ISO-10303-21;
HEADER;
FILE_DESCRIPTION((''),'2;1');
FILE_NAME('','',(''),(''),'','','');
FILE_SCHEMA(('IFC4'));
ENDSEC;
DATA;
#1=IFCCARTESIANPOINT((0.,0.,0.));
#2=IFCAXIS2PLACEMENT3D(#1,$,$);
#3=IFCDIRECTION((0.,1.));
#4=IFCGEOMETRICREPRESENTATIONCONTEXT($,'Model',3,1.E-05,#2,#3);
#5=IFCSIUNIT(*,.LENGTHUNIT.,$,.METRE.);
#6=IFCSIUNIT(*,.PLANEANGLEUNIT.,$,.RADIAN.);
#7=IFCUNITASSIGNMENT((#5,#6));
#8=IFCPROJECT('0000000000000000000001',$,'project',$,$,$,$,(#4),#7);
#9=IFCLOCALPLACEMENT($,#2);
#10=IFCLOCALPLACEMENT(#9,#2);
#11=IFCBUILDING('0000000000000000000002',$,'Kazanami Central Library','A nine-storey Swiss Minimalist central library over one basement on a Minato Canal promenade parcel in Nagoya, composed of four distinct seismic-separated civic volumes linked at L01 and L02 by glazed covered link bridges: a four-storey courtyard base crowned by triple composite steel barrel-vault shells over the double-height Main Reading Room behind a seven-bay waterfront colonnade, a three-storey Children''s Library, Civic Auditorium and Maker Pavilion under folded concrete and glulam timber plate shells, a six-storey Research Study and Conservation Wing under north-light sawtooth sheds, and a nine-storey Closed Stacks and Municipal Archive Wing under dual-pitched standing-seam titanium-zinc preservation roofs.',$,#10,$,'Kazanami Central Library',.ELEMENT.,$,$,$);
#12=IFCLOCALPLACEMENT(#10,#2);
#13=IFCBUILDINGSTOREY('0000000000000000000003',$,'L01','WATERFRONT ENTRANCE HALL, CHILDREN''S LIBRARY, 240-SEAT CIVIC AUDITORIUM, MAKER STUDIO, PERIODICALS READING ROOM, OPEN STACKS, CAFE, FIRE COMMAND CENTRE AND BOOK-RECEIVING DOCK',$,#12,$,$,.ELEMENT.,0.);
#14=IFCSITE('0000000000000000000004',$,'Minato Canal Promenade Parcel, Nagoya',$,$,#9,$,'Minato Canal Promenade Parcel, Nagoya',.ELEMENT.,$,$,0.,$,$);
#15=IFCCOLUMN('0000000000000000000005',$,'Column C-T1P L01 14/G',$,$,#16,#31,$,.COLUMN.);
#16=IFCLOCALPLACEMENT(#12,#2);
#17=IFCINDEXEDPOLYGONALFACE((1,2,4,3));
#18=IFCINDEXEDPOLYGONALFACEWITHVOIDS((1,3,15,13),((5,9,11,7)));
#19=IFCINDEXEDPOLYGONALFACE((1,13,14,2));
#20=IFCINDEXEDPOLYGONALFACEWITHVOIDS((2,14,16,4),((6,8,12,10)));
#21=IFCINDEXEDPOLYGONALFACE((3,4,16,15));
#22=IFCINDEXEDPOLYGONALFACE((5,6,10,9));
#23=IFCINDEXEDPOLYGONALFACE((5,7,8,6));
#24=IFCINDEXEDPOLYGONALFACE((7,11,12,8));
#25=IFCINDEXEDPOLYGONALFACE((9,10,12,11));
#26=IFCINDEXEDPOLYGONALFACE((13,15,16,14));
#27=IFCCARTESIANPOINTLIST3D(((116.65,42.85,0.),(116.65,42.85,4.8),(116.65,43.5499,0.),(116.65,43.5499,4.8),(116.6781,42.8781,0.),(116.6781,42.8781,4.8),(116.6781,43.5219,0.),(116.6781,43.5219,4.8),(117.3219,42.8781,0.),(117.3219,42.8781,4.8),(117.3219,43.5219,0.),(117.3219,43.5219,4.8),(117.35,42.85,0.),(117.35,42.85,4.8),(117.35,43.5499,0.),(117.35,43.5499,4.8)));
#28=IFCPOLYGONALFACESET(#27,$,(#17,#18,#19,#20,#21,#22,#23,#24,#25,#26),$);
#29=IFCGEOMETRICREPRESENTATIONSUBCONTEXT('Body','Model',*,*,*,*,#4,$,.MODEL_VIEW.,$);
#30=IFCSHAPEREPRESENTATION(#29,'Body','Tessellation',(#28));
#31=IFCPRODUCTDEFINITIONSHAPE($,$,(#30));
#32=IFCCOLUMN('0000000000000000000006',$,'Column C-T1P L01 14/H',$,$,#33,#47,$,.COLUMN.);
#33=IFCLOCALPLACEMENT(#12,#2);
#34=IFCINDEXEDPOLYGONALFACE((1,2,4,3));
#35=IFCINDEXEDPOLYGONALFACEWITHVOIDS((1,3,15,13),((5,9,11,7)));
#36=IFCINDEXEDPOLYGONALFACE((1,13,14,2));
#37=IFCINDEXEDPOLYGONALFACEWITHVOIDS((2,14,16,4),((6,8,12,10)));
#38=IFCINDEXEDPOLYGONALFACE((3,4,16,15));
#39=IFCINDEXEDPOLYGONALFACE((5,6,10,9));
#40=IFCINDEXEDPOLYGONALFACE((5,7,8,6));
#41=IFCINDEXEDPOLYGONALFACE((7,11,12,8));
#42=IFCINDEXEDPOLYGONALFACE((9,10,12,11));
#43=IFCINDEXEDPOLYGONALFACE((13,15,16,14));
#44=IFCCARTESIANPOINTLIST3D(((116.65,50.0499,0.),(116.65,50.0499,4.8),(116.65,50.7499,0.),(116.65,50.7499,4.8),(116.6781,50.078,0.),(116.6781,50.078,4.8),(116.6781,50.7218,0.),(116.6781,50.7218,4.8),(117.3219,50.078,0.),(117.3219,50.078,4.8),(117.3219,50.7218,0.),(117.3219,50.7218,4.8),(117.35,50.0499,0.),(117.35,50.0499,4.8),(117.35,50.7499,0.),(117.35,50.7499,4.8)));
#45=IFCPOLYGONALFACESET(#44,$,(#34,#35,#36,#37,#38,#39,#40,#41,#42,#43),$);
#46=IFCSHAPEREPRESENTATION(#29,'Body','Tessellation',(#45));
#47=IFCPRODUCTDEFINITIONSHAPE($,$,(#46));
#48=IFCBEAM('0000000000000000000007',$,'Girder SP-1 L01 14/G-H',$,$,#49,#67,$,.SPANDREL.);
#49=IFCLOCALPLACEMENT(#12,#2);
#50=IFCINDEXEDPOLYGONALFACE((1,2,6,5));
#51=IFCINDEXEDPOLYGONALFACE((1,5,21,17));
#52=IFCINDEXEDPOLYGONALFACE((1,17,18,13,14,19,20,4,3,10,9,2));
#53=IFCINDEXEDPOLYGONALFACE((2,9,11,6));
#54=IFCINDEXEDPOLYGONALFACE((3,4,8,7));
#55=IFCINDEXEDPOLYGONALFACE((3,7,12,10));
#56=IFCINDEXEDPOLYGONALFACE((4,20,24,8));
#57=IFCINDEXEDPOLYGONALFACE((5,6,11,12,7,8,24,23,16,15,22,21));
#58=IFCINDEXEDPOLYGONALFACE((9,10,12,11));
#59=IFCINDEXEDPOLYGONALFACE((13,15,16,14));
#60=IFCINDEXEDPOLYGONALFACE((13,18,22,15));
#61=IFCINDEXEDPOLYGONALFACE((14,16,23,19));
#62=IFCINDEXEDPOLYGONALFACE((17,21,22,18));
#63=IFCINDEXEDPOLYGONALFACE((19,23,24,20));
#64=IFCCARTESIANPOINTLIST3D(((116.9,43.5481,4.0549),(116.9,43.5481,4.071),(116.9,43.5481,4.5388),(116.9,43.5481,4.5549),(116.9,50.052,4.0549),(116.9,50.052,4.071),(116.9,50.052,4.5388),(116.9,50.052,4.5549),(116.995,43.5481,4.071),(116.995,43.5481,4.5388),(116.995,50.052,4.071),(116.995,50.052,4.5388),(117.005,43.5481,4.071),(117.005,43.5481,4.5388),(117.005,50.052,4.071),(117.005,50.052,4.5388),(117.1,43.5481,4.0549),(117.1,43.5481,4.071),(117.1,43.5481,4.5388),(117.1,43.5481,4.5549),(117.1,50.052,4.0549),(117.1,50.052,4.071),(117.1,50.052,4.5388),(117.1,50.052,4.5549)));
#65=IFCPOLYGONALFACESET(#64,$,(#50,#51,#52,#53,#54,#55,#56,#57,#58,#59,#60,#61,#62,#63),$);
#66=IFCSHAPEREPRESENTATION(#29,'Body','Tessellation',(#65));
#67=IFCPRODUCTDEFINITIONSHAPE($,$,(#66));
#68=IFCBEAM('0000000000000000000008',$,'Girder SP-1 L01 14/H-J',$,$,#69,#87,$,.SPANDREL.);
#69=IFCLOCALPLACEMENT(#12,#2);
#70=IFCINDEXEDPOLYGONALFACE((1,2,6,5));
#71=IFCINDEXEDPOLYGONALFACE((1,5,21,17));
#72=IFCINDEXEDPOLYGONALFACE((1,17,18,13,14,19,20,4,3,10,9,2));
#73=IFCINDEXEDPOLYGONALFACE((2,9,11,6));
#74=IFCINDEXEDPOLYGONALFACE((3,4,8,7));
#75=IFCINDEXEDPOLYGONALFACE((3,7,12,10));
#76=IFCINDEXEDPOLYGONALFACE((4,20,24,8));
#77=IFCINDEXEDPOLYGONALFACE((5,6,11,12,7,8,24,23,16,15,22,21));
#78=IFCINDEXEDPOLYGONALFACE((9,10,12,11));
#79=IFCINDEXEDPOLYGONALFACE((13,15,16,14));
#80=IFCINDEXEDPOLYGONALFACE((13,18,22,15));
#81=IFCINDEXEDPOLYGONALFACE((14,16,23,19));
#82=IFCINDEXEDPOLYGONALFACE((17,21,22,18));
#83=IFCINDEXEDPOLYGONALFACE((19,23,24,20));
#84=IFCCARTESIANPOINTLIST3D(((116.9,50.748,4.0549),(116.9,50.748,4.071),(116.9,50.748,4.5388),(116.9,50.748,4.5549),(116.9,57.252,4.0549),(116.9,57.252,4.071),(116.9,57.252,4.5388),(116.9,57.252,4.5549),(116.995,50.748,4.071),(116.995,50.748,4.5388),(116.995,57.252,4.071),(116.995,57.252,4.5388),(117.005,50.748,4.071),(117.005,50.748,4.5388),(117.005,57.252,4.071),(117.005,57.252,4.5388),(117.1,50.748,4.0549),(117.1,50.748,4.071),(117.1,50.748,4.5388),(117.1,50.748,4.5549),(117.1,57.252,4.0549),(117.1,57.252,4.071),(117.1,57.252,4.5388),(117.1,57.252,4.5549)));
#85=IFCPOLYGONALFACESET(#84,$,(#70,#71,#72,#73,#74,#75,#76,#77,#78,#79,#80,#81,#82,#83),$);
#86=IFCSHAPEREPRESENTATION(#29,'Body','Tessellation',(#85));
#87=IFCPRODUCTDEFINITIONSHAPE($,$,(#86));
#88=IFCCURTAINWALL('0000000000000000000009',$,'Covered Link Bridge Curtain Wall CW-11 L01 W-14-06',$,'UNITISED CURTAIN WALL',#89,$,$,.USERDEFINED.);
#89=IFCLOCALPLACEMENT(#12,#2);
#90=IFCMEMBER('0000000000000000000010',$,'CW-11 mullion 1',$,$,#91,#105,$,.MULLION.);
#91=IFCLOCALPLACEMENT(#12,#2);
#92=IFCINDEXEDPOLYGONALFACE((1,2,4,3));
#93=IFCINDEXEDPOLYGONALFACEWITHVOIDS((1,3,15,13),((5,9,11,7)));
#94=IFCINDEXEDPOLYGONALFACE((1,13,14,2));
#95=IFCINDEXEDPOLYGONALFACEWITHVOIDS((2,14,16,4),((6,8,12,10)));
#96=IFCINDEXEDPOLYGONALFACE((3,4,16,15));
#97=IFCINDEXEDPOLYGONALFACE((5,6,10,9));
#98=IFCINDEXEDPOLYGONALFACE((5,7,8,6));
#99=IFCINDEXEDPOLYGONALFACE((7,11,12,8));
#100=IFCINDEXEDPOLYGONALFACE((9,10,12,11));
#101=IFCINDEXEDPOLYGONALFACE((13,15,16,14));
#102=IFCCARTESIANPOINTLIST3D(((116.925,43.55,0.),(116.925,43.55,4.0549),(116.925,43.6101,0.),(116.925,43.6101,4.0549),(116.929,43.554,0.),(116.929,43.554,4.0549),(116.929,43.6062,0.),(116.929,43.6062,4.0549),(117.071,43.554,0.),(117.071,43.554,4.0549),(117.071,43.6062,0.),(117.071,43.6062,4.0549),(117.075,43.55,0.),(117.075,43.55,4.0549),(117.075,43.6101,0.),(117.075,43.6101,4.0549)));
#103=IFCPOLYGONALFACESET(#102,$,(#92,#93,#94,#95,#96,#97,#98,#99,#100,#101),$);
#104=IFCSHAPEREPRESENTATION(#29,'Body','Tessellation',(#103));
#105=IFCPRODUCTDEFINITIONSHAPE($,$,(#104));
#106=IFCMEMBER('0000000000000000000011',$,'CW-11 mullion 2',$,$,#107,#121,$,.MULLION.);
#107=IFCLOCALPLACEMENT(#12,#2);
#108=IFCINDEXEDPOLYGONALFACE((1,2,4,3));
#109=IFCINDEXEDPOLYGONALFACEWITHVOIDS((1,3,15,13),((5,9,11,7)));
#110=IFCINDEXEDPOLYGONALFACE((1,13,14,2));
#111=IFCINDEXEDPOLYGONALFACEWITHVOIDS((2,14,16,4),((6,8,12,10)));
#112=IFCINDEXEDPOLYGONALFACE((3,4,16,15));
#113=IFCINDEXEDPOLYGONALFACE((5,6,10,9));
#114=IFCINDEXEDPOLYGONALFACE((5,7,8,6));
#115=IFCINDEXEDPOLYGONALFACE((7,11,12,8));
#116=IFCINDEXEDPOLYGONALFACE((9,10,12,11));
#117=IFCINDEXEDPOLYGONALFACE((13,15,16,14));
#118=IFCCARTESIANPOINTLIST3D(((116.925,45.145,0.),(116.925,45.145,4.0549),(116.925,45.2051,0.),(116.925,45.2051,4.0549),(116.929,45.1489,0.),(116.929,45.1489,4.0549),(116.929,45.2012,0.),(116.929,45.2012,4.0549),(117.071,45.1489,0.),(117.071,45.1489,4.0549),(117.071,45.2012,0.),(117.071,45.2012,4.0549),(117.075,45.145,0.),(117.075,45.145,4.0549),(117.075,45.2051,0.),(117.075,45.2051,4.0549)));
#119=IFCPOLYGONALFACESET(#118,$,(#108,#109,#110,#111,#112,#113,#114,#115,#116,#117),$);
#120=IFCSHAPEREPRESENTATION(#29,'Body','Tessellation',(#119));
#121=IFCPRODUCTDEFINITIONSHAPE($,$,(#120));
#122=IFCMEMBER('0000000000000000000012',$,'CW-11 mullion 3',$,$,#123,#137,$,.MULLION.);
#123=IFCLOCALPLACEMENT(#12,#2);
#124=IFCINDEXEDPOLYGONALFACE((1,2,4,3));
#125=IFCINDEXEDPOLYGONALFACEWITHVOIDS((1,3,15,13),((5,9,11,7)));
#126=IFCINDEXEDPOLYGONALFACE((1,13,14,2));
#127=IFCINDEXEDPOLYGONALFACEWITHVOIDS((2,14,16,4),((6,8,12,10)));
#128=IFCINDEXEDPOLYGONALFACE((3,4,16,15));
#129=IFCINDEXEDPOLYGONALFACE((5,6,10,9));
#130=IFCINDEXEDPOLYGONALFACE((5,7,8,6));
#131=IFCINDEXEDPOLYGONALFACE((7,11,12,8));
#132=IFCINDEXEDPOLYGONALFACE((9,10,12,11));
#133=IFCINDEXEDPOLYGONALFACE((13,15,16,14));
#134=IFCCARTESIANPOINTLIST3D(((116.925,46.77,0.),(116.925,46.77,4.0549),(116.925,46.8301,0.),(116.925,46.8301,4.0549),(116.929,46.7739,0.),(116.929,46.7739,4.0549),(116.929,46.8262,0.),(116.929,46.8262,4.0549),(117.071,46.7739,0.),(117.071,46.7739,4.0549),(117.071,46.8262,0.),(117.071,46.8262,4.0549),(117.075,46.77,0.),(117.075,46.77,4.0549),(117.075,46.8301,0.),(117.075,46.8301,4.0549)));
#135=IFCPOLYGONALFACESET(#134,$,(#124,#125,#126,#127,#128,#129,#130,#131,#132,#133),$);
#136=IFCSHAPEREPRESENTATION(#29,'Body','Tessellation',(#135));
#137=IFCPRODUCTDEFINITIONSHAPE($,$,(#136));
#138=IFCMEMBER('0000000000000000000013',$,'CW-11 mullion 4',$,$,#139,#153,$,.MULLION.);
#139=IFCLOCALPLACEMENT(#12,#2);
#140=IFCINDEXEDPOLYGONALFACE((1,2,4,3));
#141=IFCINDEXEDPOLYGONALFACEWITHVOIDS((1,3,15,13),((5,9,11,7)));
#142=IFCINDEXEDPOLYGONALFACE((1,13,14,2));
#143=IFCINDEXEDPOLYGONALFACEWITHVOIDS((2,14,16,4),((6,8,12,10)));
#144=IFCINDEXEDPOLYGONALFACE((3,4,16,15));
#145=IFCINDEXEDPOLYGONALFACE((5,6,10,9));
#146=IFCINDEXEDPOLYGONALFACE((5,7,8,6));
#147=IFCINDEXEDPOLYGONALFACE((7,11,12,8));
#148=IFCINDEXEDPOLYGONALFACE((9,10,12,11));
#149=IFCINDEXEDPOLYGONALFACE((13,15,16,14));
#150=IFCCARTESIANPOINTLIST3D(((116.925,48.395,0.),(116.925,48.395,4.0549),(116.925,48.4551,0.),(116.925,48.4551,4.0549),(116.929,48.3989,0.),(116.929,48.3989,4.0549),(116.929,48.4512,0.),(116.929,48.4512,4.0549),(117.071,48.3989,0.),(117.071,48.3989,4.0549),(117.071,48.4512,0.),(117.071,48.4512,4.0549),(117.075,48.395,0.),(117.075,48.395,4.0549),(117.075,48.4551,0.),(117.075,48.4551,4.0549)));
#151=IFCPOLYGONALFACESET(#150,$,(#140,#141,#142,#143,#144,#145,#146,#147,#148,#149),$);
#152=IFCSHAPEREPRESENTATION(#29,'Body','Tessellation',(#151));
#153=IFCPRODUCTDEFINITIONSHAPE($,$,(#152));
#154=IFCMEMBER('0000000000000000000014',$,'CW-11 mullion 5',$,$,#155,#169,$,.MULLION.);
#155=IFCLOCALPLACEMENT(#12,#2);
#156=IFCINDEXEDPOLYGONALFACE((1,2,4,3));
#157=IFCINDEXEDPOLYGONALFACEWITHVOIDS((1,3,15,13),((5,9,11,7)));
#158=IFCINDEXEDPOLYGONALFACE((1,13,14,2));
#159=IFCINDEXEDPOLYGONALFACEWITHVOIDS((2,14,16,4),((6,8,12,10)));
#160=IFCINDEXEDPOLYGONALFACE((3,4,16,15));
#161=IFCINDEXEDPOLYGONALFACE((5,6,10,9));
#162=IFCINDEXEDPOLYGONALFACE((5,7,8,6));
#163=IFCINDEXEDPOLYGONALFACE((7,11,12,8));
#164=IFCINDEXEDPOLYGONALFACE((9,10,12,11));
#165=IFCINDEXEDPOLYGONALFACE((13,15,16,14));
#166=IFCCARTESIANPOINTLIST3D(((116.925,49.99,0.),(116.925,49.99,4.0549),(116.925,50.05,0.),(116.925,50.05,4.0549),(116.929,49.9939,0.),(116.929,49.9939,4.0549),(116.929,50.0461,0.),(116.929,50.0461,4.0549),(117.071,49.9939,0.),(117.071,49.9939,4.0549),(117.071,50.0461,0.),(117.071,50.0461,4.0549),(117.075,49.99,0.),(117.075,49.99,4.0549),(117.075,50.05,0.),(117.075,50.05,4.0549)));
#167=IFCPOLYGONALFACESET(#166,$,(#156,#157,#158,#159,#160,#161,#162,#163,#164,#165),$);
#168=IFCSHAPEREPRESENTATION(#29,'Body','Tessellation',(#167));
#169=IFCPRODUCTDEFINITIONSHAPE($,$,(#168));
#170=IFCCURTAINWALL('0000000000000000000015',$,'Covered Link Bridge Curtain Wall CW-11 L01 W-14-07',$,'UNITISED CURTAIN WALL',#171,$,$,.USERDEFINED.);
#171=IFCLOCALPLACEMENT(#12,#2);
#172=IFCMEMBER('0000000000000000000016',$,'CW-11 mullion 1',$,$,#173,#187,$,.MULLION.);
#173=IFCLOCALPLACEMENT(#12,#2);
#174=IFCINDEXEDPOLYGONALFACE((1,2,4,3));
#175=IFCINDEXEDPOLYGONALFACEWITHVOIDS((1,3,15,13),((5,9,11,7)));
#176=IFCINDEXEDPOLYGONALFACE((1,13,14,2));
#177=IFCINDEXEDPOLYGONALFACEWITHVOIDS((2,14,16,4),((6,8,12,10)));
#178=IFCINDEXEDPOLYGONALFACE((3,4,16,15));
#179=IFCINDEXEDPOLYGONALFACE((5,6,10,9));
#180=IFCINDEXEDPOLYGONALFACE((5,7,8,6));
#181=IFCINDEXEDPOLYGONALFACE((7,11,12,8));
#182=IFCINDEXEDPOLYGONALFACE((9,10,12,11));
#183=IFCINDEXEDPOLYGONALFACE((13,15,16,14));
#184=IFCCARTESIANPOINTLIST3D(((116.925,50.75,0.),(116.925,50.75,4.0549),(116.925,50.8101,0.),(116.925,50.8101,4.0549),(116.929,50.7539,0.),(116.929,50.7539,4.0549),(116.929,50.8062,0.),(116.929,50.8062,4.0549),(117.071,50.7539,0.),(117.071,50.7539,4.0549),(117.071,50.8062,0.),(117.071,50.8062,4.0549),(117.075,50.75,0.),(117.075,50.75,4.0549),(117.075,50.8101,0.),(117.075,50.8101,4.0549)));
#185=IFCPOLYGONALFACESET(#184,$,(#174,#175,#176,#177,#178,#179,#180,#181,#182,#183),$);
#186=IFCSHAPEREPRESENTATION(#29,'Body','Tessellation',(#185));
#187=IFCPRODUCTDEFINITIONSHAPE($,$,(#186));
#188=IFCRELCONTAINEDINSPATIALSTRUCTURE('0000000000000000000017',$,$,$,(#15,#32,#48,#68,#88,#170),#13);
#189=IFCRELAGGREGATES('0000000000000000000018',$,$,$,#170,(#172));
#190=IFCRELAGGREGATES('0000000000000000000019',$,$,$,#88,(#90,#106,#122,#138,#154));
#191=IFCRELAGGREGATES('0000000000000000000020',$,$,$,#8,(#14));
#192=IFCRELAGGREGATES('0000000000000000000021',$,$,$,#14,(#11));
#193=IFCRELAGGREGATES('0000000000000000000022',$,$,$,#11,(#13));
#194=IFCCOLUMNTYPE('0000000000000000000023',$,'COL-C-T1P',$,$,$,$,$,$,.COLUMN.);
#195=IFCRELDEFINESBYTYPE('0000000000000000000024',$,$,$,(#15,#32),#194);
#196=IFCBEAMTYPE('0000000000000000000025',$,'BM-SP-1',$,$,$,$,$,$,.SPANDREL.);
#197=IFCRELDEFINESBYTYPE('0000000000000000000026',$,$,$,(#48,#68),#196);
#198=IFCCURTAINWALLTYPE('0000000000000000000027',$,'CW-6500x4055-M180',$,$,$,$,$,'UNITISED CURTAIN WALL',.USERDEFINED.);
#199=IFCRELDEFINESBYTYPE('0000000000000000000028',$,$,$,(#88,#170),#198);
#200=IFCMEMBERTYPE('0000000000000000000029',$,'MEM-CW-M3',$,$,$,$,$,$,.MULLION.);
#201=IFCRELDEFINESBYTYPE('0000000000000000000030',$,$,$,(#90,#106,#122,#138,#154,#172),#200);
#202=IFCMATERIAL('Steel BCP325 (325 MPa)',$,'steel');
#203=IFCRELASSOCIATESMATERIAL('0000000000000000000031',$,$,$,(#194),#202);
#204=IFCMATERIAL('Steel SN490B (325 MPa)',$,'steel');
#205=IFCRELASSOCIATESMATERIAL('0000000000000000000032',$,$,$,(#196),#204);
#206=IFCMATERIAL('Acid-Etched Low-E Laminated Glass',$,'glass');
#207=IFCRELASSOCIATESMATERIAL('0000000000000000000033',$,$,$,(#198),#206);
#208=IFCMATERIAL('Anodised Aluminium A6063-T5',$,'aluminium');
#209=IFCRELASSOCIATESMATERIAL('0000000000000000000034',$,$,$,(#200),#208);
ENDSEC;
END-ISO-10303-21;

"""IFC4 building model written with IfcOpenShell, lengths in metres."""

from ifc_helpers import new_model, si_unit, direction, frame, origin, origin_2d, place, context, subcontext, project, spatial, hollow_rectangle, i_section, extrude, material, material_profile, profile_set, type_object, element, aggregate, save


model = new_model("IFC4")

# Units and contexts
model_context = context("Model", 3, precision=1e-05, world=origin(), true_north=direction((0.0, 1.0)))
body_context = subcontext(model_context, "Body", "Model", "MODEL_VIEW")
ifc_project = project(units=[si_unit("LENGTHUNIT", "METRE"), si_unit("PLANEANGLEUNIT", "RADIAN")], contexts=[model_context])

# Site, building, storey
site_placement = place(None, origin())
site = spatial("IfcSite", under=ifc_project, at=site_placement, Name="Minato Canal Promenade Parcel, Nagoya", LongName="Minato Canal Promenade Parcel, Nagoya", CompositionType="ELEMENT", RefElevation=0.0)
building_placement = place(site_placement, origin())
building = spatial("IfcBuilding", under=site, at=building_placement, Name="Kazanami Central Library", Description="A nine-storey Swiss Minimalist central library over one basement on a Minato Canal promenade parcel in Nagoya, composed of four distinct seismic-separated civic volumes linked at L01 and L02 by glazed covered link bridges: a four-storey courtyard base crowned by triple composite steel barrel-vault shells over the double-height Main Reading Room behind a seven-bay waterfront colonnade, a three-storey Children's Library, Civic Auditorium and Maker Pavilion under folded concrete and glulam timber plate shells, a six-storey Research Study and Conservation Wing under north-light sawtooth sheds, and a nine-storey Closed Stacks and Municipal Archive Wing under dual-pitched standing-seam titanium-zinc preservation roofs.", LongName="Kazanami Central Library", CompositionType="ELEMENT")
storey_placement = place(building_placement, origin())
storey = spatial("IfcBuildingStorey", under=building, at=storey_placement, Name="L01", Description="WATERFRONT ENTRANCE HALL, CHILDREN'S LIBRARY, 240-SEAT CIVIC AUDITORIUM, MAKER STUDIO, PERIODICALS READING ROOM, OPEN STACKS, CAFE, FIRE COMMAND CENTRE AND BOOK-RECEIVING DOCK", CompositionType="ELEMENT", Elevation=0.0)

# Columns
ifc_material_1 = material(Name="Steel BCP325 (325 MPa)", Category="steel")
ifc_material_profile_1 = material_profile(ifc_material_1, hollow_rectangle(XDim=0.7, YDim=0.7, WallThickness=0.0281, at=origin_2d()), Name="BCP-700x700x28")
ifc_profile_set_1 = profile_set([ifc_material_profile_1], Name="Steel BCP325 (325 MPa)")
column_type = type_object("IfcColumnType", Name="COL-C-T1P", PredefinedType="COLUMN", material=ifc_profile_set_1)
for number, where, z_axis, x_axis, name in (
    (1, (117.0, 43.2, 0.0), (0.0, 0.0, 1.0), (1.0, 0.0, 0.0), "Column C-T1P L01 14/G"),
    (2, (117.0, 50.3999, 0.0), (0.0, 0.0, 1.0), (1.0, 0.0, 0.0), "Column C-T1P L01 14/H"),
):
    element("IfcColumn", number, at=place(storey_placement, frame(where, z_axis=z_axis, x_axis=x_axis)), inside=storey, type_object=column_type, Name=name, PredefinedType="COLUMN", context=body_context, shape_type="SweptSolid", body=[
        extrude(hollow_rectangle(XDim=0.7, YDim=0.7, WallThickness=0.0281, at=origin_2d()), origin(), (0.0, 0.0, 1.0), 4.8),
    ])

# Beams
ifc_material_2 = material(Name="Steel SN490B (325 MPa)", Category="steel")
ifc_material_profile_2 = material_profile(ifc_material_2, i_section(OverallWidth=0.2, OverallDepth=0.5, WebThickness=0.01, FlangeThickness=0.0161, at=origin_2d()), Name="H-500x200x10x16")
ifc_profile_set_2 = profile_set([ifc_material_profile_2], Name="Steel SN490B (325 MPa)")
beam_type = type_object("IfcBeamType", Name="BM-SP-1", PredefinedType="SPANDREL", material=ifc_profile_set_2)
for number, where, z_axis, x_axis, name in (
    (3, (117.0, 43.5481, 4.3049), (0.0, 1.0, 0.0), (-1.0, 0.0, 0.0), "Girder SP-1 L01 14/G-H"),
    (4, (117.0, 50.748, 4.3049), (0.0, 1.0, 0.0), (-1.0, 0.0, 0.0), "Girder SP-1 L01 14/H-J"),
):
    element("IfcBeam", number, at=place(storey_placement, frame(where, z_axis=z_axis, x_axis=x_axis)), inside=storey, type_object=beam_type, Name=name, PredefinedType="SPANDREL", context=body_context, shape_type="SweptSolid", body=[
        extrude(i_section(OverallWidth=0.2, OverallDepth=0.5, WebThickness=0.01, FlangeThickness=0.0161, at=origin_2d()), origin(), (0.0, 0.0, 1.0), 6.5039),
    ])

# Curtain wall, members
ifc_material_3 = material(Name="Acid-Etched Low-E Laminated Glass", Category="glass")
curtain_wall_type_1 = type_object("IfcCurtainWallType", Name="CW-6500x4055-M180", ElementType="UNITISED CURTAIN WALL", PredefinedType="USERDEFINED", material=ifc_material_3)
curtain_wall_1_placement = place(storey_placement, origin())
curtain_wall_1 = element("IfcCurtainWall", 5, at=curtain_wall_1_placement, inside=storey, type_object=curtain_wall_type_1, Name="Covered Link Bridge Curtain Wall CW-11 L01 W-14-06", ObjectType="UNITISED CURTAIN WALL", PredefinedType="USERDEFINED")
ifc_material_4 = material(Name="Anodised Aluminium A6063-T5", Category="aluminium")
ifc_material_profile_3 = material_profile(ifc_material_4, hollow_rectangle(XDim=0.0601, YDim=0.1499, WallThickness=0.0039, at=origin_2d()), Name="ALU-MULL-60x150x4")
ifc_profile_set_3 = profile_set([ifc_material_profile_3], Name="Anodised Aluminium A6063-T5")
member_type_1 = type_object("IfcMemberType", Name="MEM-CW-M3", PredefinedType="MULLION", material=ifc_profile_set_3)
member_1_placement = place(storey_placement, frame((117.0, 43.5801, 0.0), z_axis=(0.0, 0.0, 1.0), x_axis=(0.0, 1.0, 0.0)))
member_1 = element("IfcMember", 6, at=member_1_placement, type_object=member_type_1, Name="CW-11 mullion 1", PredefinedType="MULLION", context=body_context, shape_type="SweptSolid", body=[
    extrude(hollow_rectangle(XDim=0.0601, YDim=0.1499, WallThickness=0.0039, at=origin_2d()), origin(), (0.0, 0.0, 1.0), 4.0549),
])
member_2_placement = place(storey_placement, frame((117.0, 45.175, 0.0), z_axis=(0.0, 0.0, 1.0), x_axis=(0.0, 1.0, 0.0)))
member_2 = element("IfcMember", 7, at=member_2_placement, type_object=member_type_1, Name="CW-11 mullion 2", PredefinedType="MULLION", context=body_context, shape_type="SweptSolid", body=[
    extrude(hollow_rectangle(XDim=0.0601, YDim=0.1499, WallThickness=0.0039, at=origin_2d()), origin(), (0.0, 0.0, 1.0), 4.0549),
])
member_3_placement = place(storey_placement, frame((117.0, 46.8, 0.0), z_axis=(0.0, 0.0, 1.0), x_axis=(0.0, 1.0, 0.0)))
member_3 = element("IfcMember", 8, at=member_3_placement, type_object=member_type_1, Name="CW-11 mullion 3", PredefinedType="MULLION", context=body_context, shape_type="SweptSolid", body=[
    extrude(hollow_rectangle(XDim=0.0601, YDim=0.1499, WallThickness=0.0039, at=origin_2d()), origin(), (0.0, 0.0, 1.0), 4.0549),
])
member_4_placement = place(storey_placement, frame((117.0, 48.425, 0.0), z_axis=(0.0, 0.0, 1.0), x_axis=(0.0, 1.0, 0.0)))
member_4 = element("IfcMember", 9, at=member_4_placement, type_object=member_type_1, Name="CW-11 mullion 4", PredefinedType="MULLION", context=body_context, shape_type="SweptSolid", body=[
    extrude(hollow_rectangle(XDim=0.0601, YDim=0.1499, WallThickness=0.0039, at=origin_2d()), origin(), (0.0, 0.0, 1.0), 4.0549),
])
member_5_placement = place(storey_placement, frame((117.0, 50.02, 0.0), z_axis=(0.0, 0.0, 1.0), x_axis=(0.0, 1.0, 0.0)))
member_5 = element("IfcMember", 10, at=member_5_placement, type_object=member_type_1, Name="CW-11 mullion 5", PredefinedType="MULLION", context=body_context, shape_type="SweptSolid", body=[
    extrude(hollow_rectangle(XDim=0.0601, YDim=0.1499, WallThickness=0.0039, at=origin_2d()), origin(), (0.0, 0.0, 1.0), 4.0549),
])

# Curtain wall, member
curtain_wall_2_placement = place(storey_placement, origin())
curtain_wall_2 = element("IfcCurtainWall", 11, at=curtain_wall_2_placement, inside=storey, type_object=curtain_wall_type_1, Name="Covered Link Bridge Curtain Wall CW-11 L01 W-14-07", ObjectType="UNITISED CURTAIN WALL", PredefinedType="USERDEFINED")
member_6_placement = place(storey_placement, frame((117.0, 50.78, 0.0), z_axis=(0.0, 0.0, 1.0), x_axis=(0.0, 1.0, 0.0)))
member_6 = element("IfcMember", 12, at=member_6_placement, type_object=member_type_1, Name="CW-11 mullion 1", PredefinedType="MULLION", context=body_context, shape_type="SweptSolid", body=[
    extrude(hollow_rectangle(XDim=0.0601, YDim=0.1499, WallThickness=0.0039, at=origin_2d()), origin(), (0.0, 0.0, 1.0), 4.0549),
])

aggregate(curtain_wall_2, [member_6])

aggregate(curtain_wall_1, [member_1, member_2, member_3, member_4, member_5])

save(model, "model.ifc")
